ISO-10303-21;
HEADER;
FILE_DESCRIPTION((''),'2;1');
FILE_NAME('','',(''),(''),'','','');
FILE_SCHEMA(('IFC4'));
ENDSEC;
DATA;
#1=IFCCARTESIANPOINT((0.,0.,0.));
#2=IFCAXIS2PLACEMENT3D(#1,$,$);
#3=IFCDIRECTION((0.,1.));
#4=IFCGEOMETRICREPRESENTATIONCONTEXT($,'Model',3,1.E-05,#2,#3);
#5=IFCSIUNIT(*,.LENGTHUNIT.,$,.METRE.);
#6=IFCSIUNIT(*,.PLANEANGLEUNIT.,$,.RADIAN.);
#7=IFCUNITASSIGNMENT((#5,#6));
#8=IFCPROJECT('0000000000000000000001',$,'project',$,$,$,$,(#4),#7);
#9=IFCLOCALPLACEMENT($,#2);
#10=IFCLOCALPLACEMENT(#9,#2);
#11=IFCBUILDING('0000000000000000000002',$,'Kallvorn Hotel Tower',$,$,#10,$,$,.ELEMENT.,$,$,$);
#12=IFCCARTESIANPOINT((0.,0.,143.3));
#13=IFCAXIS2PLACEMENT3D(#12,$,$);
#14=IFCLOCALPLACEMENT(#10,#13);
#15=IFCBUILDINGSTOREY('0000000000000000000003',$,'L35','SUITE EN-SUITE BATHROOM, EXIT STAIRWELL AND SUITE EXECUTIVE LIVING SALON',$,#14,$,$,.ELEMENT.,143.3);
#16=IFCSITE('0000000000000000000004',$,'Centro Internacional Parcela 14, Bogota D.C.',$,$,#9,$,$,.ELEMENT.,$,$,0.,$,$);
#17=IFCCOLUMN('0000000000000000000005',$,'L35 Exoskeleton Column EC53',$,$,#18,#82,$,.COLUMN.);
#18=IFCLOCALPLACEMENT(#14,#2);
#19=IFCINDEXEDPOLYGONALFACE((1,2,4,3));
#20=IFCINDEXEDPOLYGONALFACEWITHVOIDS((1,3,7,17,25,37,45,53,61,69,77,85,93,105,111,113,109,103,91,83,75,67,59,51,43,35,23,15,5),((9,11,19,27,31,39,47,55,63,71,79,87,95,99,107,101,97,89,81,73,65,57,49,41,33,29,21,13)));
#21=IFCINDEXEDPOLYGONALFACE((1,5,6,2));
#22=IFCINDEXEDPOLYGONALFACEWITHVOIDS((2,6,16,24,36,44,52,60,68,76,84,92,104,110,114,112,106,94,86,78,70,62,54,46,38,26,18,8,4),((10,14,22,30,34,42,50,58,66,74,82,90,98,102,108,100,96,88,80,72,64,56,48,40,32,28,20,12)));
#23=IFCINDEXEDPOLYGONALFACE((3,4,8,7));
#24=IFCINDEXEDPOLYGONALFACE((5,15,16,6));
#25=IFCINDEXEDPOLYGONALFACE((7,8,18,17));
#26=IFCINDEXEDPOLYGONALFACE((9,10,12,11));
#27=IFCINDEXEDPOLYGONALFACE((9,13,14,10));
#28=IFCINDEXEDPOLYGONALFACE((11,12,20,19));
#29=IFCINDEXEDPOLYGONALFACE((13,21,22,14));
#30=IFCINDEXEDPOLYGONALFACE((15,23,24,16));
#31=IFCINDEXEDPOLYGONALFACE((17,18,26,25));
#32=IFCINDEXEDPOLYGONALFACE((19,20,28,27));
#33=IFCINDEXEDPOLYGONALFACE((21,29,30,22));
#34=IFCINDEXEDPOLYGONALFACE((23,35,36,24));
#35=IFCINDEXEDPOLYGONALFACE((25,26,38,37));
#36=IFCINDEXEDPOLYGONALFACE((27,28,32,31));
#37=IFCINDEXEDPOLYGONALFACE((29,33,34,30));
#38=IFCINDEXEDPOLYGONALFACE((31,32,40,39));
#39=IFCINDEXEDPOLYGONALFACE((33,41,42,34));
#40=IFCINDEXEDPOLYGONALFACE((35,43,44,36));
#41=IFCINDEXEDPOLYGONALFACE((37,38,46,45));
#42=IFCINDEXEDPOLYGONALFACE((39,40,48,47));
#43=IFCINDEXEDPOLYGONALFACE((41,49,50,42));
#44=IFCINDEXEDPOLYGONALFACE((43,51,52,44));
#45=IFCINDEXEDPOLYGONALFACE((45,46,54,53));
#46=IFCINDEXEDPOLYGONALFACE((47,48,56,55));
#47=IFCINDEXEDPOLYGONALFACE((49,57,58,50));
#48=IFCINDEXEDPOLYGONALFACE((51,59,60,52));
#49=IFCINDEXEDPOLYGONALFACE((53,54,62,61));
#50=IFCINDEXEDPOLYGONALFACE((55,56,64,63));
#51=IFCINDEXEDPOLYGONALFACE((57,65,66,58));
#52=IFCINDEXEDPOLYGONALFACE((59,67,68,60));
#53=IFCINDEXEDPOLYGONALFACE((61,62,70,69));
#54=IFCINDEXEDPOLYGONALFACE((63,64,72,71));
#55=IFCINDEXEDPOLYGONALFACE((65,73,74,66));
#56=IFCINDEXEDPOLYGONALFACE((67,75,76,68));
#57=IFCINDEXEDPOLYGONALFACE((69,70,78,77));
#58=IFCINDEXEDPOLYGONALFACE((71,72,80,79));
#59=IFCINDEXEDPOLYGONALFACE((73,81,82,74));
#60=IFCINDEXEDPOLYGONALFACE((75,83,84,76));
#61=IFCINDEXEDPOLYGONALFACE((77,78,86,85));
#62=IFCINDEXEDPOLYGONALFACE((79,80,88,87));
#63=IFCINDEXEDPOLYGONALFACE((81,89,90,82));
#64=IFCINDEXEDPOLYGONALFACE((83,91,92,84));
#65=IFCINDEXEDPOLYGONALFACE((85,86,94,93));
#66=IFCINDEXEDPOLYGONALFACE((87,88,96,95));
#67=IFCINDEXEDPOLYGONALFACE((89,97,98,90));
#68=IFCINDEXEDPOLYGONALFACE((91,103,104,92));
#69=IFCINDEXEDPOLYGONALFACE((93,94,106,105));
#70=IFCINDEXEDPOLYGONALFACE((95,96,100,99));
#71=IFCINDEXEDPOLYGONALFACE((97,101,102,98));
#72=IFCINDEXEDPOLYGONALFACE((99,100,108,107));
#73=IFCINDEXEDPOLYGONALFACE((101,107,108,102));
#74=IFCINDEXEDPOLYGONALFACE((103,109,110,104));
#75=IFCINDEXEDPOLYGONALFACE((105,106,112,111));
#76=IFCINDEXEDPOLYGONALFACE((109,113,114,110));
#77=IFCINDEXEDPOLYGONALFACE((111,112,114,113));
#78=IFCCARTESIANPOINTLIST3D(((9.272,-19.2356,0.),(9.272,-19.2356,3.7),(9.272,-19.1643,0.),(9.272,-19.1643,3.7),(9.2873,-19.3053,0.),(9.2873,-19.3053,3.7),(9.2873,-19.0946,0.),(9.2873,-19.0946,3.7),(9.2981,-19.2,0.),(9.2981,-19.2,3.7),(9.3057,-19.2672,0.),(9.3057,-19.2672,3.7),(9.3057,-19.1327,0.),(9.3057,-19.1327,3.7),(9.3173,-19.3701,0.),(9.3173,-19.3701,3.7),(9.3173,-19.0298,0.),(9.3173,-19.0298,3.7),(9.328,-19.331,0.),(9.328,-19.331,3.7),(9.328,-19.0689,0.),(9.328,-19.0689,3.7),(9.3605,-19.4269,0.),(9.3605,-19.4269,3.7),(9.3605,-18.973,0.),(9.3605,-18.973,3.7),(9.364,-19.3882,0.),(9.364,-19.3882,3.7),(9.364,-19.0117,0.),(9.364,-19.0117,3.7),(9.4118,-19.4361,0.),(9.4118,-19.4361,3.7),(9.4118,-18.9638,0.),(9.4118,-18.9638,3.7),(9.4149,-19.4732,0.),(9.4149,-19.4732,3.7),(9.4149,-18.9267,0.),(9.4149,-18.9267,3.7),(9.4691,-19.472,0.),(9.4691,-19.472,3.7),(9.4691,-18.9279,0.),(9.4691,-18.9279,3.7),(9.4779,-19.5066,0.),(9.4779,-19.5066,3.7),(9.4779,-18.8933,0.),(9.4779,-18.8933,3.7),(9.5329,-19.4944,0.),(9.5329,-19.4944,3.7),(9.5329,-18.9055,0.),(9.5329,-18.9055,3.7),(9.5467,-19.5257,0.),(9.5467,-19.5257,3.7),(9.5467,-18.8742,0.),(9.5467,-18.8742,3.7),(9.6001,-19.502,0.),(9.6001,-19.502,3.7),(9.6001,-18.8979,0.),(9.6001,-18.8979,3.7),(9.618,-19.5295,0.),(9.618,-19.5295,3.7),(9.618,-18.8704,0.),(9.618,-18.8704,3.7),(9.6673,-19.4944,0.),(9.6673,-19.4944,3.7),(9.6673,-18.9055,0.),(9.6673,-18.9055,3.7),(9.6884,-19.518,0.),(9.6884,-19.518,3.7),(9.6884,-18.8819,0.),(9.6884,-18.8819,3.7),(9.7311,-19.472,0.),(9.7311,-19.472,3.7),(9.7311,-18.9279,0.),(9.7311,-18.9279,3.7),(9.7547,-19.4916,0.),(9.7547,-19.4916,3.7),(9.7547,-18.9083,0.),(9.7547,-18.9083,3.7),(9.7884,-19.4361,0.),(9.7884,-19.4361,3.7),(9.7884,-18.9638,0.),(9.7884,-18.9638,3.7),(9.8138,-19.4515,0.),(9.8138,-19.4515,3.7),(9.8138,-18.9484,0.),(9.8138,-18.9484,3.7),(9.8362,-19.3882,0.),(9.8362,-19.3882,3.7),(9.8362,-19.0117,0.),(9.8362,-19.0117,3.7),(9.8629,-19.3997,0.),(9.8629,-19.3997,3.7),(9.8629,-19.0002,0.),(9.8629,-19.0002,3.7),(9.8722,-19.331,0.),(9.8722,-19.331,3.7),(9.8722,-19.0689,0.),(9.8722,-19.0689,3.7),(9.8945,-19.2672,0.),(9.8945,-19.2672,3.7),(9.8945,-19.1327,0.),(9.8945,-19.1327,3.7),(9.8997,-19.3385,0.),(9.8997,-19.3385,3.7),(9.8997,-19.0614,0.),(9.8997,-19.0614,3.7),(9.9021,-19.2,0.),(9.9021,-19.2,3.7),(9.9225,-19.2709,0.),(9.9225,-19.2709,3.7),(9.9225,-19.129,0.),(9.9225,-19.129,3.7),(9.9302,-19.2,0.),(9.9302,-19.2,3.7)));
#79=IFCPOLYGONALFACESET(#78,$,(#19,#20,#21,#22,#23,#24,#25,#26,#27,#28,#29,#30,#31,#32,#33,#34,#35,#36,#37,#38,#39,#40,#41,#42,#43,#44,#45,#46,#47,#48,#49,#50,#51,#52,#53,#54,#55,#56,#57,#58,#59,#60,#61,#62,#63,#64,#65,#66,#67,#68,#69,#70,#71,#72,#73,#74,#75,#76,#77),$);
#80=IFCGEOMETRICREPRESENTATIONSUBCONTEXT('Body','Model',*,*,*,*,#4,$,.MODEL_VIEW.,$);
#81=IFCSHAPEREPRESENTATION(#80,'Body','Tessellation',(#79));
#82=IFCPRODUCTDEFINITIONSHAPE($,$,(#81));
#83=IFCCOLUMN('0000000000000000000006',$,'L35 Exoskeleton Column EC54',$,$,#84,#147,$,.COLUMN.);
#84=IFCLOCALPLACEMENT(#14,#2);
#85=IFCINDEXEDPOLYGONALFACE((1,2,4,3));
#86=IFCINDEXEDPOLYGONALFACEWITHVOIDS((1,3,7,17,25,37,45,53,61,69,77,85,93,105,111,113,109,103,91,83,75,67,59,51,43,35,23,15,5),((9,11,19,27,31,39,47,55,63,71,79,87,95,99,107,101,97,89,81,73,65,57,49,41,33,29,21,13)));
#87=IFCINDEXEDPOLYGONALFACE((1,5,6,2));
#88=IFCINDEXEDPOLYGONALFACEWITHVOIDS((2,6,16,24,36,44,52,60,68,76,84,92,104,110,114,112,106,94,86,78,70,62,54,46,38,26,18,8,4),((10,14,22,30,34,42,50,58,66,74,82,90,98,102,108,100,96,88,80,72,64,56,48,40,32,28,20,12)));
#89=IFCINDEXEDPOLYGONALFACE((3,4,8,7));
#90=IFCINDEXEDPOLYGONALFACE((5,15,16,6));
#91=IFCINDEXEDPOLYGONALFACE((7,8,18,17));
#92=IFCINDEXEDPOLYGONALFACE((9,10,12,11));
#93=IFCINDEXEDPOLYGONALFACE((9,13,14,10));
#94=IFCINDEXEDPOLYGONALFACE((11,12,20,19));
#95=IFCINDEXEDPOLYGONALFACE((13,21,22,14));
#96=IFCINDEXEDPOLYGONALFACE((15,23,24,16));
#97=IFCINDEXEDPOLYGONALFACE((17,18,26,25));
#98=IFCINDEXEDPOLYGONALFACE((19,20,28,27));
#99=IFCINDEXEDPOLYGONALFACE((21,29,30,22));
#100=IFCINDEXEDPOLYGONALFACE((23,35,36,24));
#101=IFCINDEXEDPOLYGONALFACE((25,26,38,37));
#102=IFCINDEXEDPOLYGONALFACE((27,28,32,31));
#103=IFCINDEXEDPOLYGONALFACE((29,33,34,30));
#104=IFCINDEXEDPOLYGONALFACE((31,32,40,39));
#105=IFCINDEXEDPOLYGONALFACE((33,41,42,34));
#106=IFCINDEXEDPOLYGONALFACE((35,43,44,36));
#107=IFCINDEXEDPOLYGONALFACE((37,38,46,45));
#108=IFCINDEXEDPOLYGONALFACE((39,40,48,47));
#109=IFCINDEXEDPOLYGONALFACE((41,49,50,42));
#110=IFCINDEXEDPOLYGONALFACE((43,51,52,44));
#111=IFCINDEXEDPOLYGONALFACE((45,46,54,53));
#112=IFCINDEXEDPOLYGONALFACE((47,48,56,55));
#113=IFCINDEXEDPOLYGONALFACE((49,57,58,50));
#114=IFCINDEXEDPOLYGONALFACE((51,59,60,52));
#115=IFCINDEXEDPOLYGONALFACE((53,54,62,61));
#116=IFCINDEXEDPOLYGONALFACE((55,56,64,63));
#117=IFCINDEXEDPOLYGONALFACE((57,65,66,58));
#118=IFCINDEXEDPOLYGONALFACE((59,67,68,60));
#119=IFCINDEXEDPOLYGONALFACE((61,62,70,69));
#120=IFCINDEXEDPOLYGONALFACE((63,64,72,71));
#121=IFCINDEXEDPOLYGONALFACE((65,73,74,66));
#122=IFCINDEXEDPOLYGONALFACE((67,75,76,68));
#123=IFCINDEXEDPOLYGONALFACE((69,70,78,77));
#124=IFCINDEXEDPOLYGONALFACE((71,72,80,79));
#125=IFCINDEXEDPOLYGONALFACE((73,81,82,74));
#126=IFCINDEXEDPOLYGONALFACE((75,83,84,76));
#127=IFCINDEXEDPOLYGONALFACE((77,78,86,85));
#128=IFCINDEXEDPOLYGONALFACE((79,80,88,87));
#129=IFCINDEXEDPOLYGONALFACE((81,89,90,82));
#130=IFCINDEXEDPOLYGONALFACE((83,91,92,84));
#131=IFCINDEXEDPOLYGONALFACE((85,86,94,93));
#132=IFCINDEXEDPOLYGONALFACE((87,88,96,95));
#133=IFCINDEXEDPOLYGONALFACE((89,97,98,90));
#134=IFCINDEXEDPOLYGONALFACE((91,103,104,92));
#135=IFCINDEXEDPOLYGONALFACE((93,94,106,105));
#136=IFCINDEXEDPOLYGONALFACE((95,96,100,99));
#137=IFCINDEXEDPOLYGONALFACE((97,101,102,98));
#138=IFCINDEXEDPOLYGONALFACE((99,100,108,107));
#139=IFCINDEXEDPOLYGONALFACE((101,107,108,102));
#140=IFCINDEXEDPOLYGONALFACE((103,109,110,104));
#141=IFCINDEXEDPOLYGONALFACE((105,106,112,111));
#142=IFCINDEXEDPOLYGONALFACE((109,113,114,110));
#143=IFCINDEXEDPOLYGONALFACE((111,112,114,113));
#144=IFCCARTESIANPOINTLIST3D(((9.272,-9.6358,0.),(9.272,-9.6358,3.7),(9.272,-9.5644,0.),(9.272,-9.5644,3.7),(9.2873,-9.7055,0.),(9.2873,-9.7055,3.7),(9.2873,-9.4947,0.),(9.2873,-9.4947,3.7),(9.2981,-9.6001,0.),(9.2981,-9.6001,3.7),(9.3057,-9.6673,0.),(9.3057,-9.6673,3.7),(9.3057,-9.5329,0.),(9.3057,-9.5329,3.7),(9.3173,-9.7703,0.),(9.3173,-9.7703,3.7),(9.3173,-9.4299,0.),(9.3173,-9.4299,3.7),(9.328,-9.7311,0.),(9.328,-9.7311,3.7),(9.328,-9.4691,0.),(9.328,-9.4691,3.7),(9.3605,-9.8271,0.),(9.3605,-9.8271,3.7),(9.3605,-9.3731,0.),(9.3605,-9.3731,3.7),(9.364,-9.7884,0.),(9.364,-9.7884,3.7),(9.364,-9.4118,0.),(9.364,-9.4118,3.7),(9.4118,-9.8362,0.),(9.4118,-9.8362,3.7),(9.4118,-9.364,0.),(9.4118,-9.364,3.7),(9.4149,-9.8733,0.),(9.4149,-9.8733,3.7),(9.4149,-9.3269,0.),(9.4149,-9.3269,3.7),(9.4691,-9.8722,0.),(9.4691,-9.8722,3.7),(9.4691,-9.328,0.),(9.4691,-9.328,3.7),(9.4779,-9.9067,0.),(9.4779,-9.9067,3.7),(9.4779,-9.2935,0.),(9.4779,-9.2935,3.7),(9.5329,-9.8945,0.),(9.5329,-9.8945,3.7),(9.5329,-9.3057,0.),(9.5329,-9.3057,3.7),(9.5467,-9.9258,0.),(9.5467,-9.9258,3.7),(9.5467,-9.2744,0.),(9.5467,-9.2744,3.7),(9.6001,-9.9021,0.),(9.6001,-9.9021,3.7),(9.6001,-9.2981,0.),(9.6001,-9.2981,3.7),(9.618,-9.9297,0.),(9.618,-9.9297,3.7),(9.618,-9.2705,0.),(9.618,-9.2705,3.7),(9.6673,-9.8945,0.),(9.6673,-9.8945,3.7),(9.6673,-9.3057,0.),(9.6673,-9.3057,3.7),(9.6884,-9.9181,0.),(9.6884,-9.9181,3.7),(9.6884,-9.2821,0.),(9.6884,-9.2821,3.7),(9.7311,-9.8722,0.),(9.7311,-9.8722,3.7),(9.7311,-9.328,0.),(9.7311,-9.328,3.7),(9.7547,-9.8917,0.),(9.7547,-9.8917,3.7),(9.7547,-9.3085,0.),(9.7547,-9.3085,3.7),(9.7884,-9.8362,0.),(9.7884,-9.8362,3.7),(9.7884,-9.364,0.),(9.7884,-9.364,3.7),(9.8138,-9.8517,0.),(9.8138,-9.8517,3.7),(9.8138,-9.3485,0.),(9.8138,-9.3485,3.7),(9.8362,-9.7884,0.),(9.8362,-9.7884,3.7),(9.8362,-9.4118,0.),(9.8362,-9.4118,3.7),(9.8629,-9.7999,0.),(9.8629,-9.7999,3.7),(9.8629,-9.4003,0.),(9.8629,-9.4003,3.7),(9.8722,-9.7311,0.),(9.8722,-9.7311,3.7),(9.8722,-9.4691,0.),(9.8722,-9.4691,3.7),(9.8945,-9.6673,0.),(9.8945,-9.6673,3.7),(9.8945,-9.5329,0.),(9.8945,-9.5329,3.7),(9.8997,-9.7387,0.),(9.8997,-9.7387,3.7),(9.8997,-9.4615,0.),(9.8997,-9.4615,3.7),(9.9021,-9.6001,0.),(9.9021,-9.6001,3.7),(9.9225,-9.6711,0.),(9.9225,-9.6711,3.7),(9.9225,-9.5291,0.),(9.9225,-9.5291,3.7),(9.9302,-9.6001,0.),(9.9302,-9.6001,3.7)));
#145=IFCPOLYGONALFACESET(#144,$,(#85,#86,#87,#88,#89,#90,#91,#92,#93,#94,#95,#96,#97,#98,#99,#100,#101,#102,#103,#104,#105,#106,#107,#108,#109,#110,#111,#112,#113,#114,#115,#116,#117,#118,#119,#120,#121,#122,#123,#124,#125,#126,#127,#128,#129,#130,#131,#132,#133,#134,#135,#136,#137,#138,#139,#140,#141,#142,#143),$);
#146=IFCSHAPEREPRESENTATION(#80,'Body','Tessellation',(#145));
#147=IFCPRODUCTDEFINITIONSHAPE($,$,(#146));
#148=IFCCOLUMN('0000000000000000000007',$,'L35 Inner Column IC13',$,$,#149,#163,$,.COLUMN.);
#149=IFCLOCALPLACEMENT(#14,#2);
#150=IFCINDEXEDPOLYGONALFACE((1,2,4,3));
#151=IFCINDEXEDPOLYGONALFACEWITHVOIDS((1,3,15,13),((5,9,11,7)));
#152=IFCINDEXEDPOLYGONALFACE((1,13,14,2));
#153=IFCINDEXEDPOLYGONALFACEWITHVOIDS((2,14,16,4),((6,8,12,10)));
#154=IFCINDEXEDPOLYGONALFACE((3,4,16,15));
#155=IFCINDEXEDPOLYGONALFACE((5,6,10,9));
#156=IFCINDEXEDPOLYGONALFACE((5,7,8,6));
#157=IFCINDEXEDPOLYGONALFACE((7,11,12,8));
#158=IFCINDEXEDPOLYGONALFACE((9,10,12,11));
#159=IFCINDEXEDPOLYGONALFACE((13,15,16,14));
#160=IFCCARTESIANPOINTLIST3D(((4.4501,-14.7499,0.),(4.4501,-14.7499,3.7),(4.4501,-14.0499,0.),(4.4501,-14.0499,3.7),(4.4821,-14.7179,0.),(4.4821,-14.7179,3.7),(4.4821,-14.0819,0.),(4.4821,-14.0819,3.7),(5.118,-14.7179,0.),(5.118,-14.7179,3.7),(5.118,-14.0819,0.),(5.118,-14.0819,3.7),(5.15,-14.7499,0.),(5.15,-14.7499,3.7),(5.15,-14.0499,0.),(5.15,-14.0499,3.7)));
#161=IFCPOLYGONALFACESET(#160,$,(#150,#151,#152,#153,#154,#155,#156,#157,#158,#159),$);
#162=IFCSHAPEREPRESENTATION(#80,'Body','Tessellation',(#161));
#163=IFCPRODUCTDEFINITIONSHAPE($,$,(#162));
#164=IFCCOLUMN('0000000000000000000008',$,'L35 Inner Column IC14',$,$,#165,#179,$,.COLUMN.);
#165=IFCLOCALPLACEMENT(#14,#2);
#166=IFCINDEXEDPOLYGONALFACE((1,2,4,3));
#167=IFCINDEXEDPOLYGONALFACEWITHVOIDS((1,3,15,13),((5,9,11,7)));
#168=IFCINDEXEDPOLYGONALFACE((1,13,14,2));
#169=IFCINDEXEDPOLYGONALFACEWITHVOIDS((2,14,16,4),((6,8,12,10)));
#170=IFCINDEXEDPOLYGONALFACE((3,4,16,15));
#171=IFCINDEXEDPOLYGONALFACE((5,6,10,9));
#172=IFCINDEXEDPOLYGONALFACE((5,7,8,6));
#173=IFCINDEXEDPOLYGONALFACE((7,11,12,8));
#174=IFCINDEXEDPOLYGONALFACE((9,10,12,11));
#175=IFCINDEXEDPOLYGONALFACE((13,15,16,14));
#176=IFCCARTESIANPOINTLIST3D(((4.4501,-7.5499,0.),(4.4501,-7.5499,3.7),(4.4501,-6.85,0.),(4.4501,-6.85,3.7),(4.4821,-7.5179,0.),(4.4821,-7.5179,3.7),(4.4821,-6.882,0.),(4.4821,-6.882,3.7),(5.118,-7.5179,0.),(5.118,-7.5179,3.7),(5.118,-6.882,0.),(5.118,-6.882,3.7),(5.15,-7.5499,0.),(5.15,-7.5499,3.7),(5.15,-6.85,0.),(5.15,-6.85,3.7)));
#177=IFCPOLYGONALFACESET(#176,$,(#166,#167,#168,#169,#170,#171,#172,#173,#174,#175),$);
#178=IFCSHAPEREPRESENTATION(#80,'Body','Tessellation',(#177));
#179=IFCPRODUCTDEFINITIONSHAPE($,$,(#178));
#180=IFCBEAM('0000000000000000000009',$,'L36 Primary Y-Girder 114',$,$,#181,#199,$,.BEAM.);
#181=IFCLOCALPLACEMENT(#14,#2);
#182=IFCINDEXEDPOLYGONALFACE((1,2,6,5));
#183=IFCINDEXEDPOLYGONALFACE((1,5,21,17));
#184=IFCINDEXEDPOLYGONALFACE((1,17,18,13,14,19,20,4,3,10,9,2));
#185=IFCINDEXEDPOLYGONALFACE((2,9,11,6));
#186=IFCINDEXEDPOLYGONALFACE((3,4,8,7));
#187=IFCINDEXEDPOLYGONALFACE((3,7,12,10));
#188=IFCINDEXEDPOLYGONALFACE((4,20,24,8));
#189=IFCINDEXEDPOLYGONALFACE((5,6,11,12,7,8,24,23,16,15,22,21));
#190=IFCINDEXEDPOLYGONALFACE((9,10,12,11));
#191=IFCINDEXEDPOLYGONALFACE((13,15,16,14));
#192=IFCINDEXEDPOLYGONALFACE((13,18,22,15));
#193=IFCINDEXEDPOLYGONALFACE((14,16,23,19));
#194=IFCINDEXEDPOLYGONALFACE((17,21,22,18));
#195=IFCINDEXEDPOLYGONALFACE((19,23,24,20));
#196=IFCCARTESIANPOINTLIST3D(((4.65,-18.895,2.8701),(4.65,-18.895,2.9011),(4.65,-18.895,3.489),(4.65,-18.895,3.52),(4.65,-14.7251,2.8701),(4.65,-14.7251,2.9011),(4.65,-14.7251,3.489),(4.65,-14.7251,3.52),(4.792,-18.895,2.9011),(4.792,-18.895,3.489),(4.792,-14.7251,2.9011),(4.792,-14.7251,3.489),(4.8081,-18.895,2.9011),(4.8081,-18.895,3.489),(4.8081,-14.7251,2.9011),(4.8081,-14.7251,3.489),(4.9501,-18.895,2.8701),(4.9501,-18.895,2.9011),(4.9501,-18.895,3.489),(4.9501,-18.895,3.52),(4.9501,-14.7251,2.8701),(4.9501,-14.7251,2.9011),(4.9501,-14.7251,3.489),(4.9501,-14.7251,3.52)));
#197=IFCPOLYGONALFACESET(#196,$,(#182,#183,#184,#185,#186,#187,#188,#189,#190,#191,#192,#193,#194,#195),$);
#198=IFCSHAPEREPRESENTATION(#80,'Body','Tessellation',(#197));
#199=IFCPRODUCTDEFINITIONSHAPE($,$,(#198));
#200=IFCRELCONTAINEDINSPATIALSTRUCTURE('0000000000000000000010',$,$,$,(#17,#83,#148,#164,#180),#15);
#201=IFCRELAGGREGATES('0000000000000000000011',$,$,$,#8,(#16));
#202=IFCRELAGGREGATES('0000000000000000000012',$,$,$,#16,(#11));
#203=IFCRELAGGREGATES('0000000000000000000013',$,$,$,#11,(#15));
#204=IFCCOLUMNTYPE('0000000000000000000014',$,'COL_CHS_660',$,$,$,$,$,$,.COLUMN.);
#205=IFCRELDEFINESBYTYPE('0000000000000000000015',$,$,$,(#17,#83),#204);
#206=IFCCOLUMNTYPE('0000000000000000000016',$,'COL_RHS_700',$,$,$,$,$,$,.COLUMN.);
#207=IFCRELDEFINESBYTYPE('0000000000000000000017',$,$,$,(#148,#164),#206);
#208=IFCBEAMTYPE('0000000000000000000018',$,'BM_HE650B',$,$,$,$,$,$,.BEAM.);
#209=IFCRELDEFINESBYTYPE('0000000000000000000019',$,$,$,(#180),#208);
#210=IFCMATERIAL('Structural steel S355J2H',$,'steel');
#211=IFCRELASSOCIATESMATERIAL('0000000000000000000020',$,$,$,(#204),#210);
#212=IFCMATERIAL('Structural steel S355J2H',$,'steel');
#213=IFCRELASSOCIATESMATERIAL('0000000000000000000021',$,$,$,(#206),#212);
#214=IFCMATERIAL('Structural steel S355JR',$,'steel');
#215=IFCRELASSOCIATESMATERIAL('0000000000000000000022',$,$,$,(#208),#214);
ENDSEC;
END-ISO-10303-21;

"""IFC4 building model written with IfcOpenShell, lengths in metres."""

from ifc_helpers import new_model, si_unit, direction, frame, origin, origin_2d, place, context, subcontext, project, spatial, hollow_rectangle, hollow_circle, i_section, extrude, material, material_profile, profile_set, type_object, element, save


model = new_model("IFC4")

# Units and contexts
model_context = context("Model", 3, precision=1e-05, world=origin(), true_north=direction((0.0, 1.0)))
body_context = subcontext(model_context, "Body", "Model", "MODEL_VIEW")
ifc_project = project(units=[si_unit("LENGTHUNIT", "METRE"), si_unit("PLANEANGLEUNIT", "RADIAN")], contexts=[model_context])

# Site, building, storey
site_placement = place(None, origin())
site = spatial("IfcSite", under=ifc_project, at=site_placement, Name="Centro Internacional Parcela 14, Bogota D.C.", CompositionType="ELEMENT", RefElevation=0.0)
building_placement = place(site_placement, origin())
building = spatial("IfcBuilding", under=site, at=building_placement, Name="Kallvorn Hotel Tower", CompositionType="ELEMENT")
storey_placement = place(building_placement, frame((0.0, 0.0, 143.3)))
storey = spatial("IfcBuildingStorey", under=building, at=storey_placement, Name="L35", Description="SUITE EN-SUITE BATHROOM, EXIT STAIRWELL AND SUITE EXECUTIVE LIVING SALON", CompositionType="ELEMENT", Elevation=143.3)

# Columns
ifc_material_1 = material(Name="Structural steel S355J2H", Category="steel")
ifc_material_profile_1 = material_profile(ifc_material_1, hollow_circle(Radius=0.3301, WallThickness=0.0281, at=origin_2d()), Name="CHS 660x28")
ifc_profile_set_1 = profile_set([ifc_material_profile_1], Name="Structural steel S355J2H")
column_type_1 = type_object("IfcColumnType", Name="COL_CHS_660", PredefinedType="COLUMN", material=ifc_profile_set_1)
for number, where, z_axis, x_axis, name in (
    (1, (9.6001, -19.2, 0.0), (0.0, 0.0, 1.0), (1.0, 0.0, 0.0), "L35 Exoskeleton Column EC53"),
    (2, (9.6001, -9.6001, 0.0), (0.0, 0.0, 1.0), (1.0, 0.0, 0.0), "L35 Exoskeleton Column EC54"),
):
    element("IfcColumn", number, at=place(storey_placement, frame(where, z_axis=z_axis, x_axis=x_axis)), inside=storey, type_object=column_type_1, Name=name, PredefinedType="COLUMN", context=body_context, shape_type="SweptSolid", body=[
        extrude(hollow_circle(Radius=0.3301, WallThickness=0.0281, at=origin_2d()), origin(), (0.0, 0.0, 1.0), 3.7),
    ])
ifc_material_2 = material(Name="Structural steel S355J2H", Category="steel")
ifc_material_profile_2 = material_profile(ifc_material_2, hollow_rectangle(XDim=0.7, YDim=0.7, WallThickness=0.032, at=origin_2d()), Name="RHS 700x700x32")
ifc_profile_set_2 = profile_set([ifc_material_profile_2], Name="Structural steel S355J2H")
column_type_2 = type_object("IfcColumnType", Name="COL_RHS_700", PredefinedType="COLUMN", material=ifc_profile_set_2)
for number, where, z_axis, x_axis, name in (
    (3, (4.8, -14.3999, 0.0), (0.0, 0.0, 1.0), (1.0, 0.0, 0.0), "L35 Inner Column IC13"),
    (4, (4.8, -7.2, 0.0), (0.0, 0.0, 1.0), (1.0, 0.0, 0.0), "L35 Inner Column IC14"),
):
    element("IfcColumn", number, at=place(storey_placement, frame(where, z_axis=z_axis, x_axis=x_axis)), inside=storey, type_object=column_type_2, Name=name, PredefinedType="COLUMN", context=body_context, shape_type="SweptSolid", body=[
        extrude(hollow_rectangle(XDim=0.7, YDim=0.7, WallThickness=0.032, at=origin_2d()), origin(), (0.0, 0.0, 1.0), 3.7),
    ])

# Beam
ifc_material_3 = material(Name="Structural steel S355JR", Category="steel")
ifc_material_profile_3 = material_profile(ifc_material_3, i_section(OverallWidth=0.3, OverallDepth=0.6499, WebThickness=0.0161, FlangeThickness=0.031, at=origin_2d()), Name="HE 650 B")
ifc_profile_set_3 = profile_set([ifc_material_profile_3], Name="Structural steel S355JR")
beam_type_1 = type_object("IfcBeamType", Name="BM_HE650B", PredefinedType="BEAM", material=ifc_profile_set_3)
beam_1_placement = place(storey_placement, frame((4.8, -18.895, 3.1951), z_axis=(0.0, 1.0, 0.0), x_axis=(-1.0, 0.0, 0.0)))
element("IfcBeam", 5, at=beam_1_placement, inside=storey, type_object=beam_type_1, Name="L36 Primary Y-Girder 114", PredefinedType="BEAM", context=body_context, shape_type="SweptSolid", body=[
    extrude(i_section(OverallWidth=0.3, OverallDepth=0.6499, WebThickness=0.0161, FlangeThickness=0.031, at=origin_2d()), origin(), (0.0, 0.0, 1.0), 4.1699),
])

save(model, "model.ifc")
